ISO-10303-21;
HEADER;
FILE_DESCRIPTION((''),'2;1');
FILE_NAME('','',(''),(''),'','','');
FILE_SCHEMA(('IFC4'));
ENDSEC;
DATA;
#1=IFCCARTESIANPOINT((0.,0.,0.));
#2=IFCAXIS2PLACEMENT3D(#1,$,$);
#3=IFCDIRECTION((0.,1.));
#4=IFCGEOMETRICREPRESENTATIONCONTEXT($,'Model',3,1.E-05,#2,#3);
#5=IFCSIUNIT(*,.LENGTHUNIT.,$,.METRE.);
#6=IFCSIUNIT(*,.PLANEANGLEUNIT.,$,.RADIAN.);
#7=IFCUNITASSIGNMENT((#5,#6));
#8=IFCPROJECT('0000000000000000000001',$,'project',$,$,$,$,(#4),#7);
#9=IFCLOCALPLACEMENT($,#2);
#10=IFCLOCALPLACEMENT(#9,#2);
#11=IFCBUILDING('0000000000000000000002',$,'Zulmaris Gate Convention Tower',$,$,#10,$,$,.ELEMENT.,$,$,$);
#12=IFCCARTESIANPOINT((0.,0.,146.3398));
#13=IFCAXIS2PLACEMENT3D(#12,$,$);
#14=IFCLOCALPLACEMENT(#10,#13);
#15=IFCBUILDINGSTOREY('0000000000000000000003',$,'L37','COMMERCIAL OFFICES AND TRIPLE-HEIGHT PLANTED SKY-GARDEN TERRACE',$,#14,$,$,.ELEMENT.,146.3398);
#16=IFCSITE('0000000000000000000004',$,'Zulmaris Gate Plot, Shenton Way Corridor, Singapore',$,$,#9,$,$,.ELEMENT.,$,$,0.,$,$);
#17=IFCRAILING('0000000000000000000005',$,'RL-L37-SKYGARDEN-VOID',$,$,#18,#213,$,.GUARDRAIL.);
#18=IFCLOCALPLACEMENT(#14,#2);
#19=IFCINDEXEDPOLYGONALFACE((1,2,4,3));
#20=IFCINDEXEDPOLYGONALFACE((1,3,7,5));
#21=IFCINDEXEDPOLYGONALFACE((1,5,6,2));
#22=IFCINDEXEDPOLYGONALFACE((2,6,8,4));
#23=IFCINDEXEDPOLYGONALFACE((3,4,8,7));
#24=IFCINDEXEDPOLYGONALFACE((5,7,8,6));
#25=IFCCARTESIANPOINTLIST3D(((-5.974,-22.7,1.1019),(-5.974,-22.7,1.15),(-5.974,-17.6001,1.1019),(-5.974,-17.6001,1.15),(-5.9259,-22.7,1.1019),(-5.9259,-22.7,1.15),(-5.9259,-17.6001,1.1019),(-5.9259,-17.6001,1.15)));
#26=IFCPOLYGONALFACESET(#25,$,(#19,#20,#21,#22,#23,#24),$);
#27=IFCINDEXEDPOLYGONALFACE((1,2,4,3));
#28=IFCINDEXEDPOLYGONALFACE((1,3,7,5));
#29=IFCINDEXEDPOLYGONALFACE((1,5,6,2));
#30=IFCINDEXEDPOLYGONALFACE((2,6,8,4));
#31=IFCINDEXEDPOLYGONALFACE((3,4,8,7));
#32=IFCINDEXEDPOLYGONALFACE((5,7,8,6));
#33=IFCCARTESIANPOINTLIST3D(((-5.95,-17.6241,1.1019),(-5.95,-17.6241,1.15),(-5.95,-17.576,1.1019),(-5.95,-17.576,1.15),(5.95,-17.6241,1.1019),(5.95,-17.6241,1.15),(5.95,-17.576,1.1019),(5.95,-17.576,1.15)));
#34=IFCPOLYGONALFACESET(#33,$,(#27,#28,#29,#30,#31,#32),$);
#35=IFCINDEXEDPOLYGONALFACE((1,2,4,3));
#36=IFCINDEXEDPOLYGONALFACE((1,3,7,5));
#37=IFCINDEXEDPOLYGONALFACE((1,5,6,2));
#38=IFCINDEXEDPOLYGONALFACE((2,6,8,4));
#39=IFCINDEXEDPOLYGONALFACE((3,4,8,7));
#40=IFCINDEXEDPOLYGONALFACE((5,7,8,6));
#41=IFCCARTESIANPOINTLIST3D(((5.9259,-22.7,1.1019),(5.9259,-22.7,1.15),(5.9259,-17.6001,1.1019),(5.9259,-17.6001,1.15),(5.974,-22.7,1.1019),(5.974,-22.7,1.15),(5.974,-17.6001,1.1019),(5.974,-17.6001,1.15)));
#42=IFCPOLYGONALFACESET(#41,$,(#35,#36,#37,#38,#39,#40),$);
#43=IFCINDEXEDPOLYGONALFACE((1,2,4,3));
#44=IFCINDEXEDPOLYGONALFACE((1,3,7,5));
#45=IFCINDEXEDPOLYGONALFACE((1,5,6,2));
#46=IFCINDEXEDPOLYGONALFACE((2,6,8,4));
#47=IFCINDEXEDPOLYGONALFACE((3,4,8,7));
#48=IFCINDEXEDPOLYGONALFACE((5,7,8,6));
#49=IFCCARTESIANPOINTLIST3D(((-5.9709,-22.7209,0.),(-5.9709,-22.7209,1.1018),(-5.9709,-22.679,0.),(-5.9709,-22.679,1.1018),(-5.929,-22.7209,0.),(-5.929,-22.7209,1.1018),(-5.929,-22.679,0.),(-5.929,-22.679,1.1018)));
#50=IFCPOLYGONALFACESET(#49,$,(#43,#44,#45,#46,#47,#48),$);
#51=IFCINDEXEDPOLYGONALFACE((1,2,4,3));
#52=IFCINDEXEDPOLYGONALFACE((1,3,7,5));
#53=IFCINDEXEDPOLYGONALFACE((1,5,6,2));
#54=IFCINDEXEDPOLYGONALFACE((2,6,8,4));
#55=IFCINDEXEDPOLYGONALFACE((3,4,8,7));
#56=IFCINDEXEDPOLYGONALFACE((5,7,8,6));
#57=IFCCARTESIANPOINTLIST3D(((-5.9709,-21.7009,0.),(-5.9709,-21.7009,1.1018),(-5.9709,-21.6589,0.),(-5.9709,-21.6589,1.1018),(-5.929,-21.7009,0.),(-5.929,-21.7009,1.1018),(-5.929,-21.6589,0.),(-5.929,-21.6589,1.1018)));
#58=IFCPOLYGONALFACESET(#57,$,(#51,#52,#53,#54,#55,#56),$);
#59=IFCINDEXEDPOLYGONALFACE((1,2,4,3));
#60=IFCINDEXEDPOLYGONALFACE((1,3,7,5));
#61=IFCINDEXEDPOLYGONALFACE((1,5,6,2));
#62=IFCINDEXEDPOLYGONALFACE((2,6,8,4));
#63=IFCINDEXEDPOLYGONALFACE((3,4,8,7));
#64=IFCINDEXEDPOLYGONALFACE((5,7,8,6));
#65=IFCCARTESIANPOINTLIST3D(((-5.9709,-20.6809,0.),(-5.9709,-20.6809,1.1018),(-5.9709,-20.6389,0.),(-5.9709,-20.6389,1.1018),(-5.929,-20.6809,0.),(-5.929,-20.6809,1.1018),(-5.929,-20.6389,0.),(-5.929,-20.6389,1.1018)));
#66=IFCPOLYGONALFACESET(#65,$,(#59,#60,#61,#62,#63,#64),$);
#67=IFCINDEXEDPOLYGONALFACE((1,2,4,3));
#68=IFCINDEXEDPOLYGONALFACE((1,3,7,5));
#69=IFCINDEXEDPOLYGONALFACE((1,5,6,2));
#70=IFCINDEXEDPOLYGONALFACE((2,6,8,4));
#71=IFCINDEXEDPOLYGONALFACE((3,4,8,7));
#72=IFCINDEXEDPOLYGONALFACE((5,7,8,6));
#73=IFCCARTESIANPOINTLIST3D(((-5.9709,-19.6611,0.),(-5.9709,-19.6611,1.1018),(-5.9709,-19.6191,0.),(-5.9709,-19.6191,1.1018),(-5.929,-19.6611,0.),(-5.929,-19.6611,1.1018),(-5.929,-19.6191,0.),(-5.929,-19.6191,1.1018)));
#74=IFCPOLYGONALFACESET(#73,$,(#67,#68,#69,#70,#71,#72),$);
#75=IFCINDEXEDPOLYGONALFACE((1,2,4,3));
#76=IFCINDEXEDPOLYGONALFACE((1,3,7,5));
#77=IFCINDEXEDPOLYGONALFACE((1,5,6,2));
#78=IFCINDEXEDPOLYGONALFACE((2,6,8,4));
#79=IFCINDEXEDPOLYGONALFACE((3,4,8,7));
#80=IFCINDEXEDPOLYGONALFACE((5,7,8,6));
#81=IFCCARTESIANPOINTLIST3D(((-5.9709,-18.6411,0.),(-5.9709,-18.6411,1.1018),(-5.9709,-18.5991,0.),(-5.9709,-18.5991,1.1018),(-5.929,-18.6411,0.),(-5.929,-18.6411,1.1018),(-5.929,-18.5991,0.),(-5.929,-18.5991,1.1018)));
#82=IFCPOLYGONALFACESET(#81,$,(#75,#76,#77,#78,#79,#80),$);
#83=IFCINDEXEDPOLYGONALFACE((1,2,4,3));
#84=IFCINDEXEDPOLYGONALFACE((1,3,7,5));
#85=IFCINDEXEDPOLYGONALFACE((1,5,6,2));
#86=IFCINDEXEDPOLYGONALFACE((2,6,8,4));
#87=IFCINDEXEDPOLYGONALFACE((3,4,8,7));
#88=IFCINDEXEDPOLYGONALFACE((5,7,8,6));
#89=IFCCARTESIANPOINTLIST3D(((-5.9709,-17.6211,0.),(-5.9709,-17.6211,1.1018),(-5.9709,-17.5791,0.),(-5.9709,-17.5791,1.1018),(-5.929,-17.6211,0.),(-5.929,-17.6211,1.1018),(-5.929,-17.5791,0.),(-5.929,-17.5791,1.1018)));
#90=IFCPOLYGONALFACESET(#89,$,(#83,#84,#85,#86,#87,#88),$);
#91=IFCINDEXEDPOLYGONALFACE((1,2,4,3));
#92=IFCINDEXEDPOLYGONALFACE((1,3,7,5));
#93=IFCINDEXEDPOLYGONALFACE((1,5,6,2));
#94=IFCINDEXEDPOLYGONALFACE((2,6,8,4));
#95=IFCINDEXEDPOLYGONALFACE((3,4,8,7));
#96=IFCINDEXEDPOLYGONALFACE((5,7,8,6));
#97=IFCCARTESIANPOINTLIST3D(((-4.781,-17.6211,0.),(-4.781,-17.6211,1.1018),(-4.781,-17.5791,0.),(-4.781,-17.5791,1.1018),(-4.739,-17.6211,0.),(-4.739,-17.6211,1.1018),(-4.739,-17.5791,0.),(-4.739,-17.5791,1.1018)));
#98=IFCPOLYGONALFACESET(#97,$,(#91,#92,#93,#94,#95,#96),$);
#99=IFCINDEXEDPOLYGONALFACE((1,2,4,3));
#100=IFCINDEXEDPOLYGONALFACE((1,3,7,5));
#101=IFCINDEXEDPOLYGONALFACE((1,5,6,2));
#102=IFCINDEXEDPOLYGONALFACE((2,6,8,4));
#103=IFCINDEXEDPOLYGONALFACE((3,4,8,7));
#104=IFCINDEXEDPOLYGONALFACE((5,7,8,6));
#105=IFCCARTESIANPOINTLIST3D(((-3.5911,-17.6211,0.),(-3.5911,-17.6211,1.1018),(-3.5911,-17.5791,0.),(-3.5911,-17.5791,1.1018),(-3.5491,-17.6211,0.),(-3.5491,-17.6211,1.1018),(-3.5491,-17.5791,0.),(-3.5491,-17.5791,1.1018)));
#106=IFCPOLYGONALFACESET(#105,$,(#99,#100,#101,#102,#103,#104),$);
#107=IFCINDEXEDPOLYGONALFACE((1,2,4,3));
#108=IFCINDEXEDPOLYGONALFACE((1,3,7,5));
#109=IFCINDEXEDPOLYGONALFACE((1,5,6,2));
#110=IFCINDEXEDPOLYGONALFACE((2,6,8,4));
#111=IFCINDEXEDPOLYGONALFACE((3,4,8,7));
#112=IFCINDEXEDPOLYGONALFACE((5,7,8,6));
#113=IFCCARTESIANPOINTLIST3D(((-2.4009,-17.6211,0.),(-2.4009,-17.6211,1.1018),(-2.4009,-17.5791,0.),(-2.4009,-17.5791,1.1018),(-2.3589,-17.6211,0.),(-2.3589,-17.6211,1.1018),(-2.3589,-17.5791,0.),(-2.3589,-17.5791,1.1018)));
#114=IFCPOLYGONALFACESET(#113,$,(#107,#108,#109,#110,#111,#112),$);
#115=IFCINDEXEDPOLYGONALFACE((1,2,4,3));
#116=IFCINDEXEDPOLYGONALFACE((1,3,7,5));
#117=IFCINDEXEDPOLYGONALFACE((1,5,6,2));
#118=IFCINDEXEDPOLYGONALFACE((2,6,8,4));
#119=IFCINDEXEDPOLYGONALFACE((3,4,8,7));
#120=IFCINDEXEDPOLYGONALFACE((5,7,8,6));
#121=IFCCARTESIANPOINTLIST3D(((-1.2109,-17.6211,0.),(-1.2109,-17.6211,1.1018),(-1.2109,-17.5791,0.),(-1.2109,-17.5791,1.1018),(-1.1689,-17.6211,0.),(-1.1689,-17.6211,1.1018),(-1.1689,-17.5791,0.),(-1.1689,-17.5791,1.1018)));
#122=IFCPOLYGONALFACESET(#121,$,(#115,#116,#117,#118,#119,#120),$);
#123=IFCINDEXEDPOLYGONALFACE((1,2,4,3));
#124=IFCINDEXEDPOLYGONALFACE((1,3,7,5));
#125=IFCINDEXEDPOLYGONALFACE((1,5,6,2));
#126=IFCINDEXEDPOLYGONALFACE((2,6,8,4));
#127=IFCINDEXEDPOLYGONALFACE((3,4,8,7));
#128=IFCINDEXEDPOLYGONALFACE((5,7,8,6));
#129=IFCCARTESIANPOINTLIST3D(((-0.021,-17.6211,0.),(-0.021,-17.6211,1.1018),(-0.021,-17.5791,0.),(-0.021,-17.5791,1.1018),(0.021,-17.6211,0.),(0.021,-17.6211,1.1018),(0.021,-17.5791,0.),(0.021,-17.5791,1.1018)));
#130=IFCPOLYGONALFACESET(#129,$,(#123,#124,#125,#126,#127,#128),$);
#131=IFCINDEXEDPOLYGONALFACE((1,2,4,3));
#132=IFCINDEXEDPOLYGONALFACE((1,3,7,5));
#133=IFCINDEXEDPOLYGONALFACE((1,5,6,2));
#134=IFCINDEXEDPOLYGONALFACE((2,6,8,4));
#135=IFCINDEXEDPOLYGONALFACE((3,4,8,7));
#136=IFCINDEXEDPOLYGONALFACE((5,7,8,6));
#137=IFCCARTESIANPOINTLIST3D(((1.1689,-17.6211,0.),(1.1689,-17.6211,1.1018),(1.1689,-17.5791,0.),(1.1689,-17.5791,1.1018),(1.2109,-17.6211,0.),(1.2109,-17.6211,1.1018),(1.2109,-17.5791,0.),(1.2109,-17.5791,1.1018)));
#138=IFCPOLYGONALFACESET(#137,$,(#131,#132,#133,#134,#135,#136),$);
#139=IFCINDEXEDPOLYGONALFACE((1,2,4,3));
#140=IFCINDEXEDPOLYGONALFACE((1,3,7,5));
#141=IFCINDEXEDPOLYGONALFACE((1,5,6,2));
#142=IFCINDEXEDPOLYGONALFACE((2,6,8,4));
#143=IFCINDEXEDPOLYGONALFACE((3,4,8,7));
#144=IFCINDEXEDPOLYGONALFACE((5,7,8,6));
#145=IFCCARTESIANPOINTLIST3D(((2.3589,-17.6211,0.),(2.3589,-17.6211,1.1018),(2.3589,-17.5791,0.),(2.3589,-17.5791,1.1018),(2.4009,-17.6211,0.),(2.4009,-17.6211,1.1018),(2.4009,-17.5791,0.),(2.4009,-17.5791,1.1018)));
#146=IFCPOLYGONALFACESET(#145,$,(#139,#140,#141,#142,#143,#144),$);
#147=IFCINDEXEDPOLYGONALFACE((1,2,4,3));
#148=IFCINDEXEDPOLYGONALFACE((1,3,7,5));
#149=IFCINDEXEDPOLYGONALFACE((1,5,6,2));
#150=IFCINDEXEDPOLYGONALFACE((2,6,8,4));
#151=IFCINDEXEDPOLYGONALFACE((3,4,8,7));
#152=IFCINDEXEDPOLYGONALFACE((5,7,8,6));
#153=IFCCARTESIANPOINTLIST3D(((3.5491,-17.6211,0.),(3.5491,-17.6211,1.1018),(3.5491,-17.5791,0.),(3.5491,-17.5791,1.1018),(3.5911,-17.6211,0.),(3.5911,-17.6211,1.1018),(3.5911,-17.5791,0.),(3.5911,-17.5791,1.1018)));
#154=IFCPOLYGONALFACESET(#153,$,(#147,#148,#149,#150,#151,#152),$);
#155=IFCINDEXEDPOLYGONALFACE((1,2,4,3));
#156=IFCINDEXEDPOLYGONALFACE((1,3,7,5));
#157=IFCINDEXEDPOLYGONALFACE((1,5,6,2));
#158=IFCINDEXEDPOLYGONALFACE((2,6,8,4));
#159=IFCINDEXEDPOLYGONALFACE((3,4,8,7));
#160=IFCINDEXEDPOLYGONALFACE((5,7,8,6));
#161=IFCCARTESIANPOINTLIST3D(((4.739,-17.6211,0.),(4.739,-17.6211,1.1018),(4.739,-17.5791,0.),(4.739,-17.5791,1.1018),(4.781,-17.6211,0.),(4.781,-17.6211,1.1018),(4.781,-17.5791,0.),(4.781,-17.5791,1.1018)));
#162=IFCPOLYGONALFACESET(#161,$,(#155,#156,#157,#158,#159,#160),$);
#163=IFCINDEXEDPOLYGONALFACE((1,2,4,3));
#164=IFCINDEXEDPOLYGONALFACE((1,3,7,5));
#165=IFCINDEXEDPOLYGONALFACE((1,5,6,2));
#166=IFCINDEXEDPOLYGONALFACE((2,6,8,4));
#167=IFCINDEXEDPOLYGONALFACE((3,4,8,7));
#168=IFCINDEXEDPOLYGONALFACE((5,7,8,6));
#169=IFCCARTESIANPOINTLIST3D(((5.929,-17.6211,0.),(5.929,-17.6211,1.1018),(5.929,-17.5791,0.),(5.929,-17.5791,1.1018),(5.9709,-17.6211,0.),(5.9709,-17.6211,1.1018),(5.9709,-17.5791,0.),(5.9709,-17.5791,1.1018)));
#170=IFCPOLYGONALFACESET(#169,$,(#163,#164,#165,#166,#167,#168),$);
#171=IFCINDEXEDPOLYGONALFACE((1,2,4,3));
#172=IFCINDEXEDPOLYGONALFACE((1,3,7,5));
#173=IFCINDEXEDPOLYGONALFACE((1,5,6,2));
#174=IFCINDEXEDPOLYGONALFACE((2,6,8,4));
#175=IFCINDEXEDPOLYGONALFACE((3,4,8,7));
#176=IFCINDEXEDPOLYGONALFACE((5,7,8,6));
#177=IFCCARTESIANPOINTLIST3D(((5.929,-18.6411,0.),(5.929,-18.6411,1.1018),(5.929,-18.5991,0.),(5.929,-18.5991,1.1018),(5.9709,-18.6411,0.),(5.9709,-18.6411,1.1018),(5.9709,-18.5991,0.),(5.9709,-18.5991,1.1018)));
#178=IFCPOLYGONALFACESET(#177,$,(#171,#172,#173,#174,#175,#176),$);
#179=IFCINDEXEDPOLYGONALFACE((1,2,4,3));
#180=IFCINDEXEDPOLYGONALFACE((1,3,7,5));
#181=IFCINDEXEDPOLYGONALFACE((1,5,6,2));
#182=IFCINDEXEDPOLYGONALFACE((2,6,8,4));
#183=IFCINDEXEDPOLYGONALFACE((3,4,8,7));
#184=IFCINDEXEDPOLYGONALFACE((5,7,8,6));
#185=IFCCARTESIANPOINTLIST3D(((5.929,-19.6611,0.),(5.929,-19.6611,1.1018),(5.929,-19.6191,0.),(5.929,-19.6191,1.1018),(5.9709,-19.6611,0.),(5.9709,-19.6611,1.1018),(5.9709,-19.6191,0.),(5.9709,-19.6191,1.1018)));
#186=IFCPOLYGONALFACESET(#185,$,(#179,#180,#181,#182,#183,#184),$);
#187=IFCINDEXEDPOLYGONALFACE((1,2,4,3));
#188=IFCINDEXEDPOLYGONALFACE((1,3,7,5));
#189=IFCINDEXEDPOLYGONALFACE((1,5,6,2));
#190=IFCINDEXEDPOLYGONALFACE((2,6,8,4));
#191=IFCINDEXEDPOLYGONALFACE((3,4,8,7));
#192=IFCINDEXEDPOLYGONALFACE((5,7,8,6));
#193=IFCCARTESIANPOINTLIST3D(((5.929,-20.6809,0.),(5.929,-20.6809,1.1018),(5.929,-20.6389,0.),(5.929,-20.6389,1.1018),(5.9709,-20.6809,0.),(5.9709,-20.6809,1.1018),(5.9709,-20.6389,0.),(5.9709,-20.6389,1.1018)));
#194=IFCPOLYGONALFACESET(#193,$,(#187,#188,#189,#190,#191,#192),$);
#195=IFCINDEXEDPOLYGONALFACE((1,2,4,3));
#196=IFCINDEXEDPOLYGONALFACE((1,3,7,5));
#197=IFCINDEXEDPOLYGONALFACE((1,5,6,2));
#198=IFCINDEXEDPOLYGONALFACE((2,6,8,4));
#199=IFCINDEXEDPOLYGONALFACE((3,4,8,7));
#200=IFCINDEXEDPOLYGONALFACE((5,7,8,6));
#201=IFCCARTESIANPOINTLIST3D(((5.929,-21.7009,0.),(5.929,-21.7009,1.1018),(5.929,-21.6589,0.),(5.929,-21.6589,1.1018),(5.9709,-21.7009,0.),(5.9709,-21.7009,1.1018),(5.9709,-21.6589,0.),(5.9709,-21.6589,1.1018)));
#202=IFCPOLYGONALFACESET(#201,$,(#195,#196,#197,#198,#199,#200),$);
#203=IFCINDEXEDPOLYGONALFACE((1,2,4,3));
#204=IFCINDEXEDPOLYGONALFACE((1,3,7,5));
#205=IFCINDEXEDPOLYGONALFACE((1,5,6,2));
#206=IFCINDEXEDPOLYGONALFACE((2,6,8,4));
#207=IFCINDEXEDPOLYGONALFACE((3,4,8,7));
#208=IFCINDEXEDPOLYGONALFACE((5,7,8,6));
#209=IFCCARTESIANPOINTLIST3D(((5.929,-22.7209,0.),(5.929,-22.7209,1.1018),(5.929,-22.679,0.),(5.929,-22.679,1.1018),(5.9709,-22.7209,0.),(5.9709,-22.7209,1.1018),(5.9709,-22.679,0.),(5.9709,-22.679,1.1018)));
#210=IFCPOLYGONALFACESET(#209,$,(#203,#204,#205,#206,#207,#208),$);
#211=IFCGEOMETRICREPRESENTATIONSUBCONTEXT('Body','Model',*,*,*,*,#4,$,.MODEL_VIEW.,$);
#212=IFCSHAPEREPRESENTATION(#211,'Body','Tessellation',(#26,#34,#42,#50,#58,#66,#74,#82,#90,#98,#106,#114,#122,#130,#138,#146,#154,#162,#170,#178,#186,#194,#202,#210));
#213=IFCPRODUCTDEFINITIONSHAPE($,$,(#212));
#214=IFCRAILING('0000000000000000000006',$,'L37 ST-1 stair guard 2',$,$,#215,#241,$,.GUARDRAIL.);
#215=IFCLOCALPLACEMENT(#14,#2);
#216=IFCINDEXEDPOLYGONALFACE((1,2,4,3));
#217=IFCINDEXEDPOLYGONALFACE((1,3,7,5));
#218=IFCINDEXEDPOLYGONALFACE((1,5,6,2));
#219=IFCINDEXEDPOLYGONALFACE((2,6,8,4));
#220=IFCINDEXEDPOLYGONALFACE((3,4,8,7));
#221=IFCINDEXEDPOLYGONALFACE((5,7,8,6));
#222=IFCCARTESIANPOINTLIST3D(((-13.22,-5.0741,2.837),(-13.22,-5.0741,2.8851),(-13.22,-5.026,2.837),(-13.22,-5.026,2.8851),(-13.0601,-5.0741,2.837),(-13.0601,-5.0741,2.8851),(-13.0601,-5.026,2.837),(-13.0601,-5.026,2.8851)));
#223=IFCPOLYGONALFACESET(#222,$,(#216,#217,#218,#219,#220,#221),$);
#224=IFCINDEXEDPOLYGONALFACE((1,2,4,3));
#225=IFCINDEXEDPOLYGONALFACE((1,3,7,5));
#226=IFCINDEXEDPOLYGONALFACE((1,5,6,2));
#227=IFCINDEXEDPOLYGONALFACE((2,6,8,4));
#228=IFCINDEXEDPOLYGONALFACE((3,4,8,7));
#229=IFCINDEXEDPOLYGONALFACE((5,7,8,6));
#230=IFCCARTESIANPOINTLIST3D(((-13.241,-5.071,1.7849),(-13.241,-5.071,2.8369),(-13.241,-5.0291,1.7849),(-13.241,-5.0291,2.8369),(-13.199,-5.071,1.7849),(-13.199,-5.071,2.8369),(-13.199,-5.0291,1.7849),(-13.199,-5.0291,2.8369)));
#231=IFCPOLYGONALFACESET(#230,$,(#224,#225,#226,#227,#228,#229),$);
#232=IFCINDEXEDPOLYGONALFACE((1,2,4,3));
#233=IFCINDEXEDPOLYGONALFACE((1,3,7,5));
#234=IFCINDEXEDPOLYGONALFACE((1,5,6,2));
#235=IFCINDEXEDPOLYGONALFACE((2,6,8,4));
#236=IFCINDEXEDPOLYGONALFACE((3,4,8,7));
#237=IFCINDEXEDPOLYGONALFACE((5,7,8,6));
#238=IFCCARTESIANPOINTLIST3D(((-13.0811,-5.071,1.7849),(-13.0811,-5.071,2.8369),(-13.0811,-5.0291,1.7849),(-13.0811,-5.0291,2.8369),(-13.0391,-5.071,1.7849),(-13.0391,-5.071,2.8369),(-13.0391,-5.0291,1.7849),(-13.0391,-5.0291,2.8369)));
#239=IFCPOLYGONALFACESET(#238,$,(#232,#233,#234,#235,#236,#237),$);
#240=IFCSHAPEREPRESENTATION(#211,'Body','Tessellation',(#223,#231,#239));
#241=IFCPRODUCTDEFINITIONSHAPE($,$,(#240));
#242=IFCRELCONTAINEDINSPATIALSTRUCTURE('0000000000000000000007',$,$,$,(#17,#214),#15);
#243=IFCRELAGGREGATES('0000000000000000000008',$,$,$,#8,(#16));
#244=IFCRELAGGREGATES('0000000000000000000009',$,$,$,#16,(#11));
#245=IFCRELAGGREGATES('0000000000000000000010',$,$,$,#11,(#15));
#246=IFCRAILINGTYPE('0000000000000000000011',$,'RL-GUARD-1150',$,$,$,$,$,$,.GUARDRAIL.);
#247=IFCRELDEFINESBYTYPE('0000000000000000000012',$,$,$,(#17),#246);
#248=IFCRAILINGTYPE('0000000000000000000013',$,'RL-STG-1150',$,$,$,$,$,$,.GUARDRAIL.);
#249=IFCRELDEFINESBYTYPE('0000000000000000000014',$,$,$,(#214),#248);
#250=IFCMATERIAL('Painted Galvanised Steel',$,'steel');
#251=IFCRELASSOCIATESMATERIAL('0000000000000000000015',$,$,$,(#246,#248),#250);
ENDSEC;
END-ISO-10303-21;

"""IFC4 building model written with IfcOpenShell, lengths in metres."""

from ifc_helpers import new_model, si_unit, direction, frame, origin, origin_2d, place, context, subcontext, project, spatial, rectangle, extrude, material, type_object, element, save


model = new_model("IFC4")

# Units and contexts
model_context = context("Model", 3, precision=1e-05, world=origin(), true_north=direction((0.0, 1.0)))
body_context = subcontext(model_context, "Body", "Model", "MODEL_VIEW")
ifc_project = project(units=[si_unit("LENGTHUNIT", "METRE"), si_unit("PLANEANGLEUNIT", "RADIAN")], contexts=[model_context])

# Site, building, storey
site_placement = place(None, origin())
site = spatial("IfcSite", under=ifc_project, at=site_placement, Name="Zulmaris Gate Plot, Shenton Way Corridor, Singapore", CompositionType="ELEMENT", RefElevation=0.0)
building_placement = place(site_placement, origin())
building = spatial("IfcBuilding", under=site, at=building_placement, Name="Zulmaris Gate Convention Tower", CompositionType="ELEMENT")
storey_placement = place(building_placement, frame((0.0, 0.0, 146.3398)))
storey = spatial("IfcBuildingStorey", under=building, at=storey_placement, Name="L37", Description="COMMERCIAL OFFICES AND TRIPLE-HEIGHT PLANTED SKY-GARDEN TERRACE", CompositionType="ELEMENT", Elevation=146.3398)

# Railings
ifc_material_1 = material(Name="Painted Galvanised Steel", Category="steel")
railing_type_1 = type_object("IfcRailingType", Name="RL-GUARD-1150", PredefinedType="GUARDRAIL", material=ifc_material_1)
railing_1_placement = place(storey_placement, frame((-5.95, -22.7, 0.0)))
element("IfcRailing", 1, at=railing_1_placement, inside=storey, type_object=railing_type_1, Name="RL-L37-SKYGARDEN-VOID", PredefinedType="GUARDRAIL", context=body_context, shape_type="SweptSolid", body=[
    extrude(rectangle(XDim=0.0481, YDim=0.0481, at=origin_2d()), frame((0.0, 0.0, 1.126), z_axis=(0.0, 1.0, 0.0), x_axis=(-1.0, 0.0, 0.0)), (0.0, 0.0, 1.0), 5.0999),
    extrude(rectangle(XDim=0.0481, YDim=0.0481, at=origin_2d()), frame((0.0, 5.0999, 1.126), z_axis=(1.0, 0.0, 0.0), x_axis=(0.0, 1.0, 0.0)), (0.0, 0.0, 1.0), 11.8999),
    extrude(rectangle(XDim=0.0481, YDim=0.0481, at=origin_2d()), frame((11.8999, 5.0999, 1.126), z_axis=(0.0, -1.0, 0.0), x_axis=(1.0, 0.0, 0.0)), (0.0, 0.0, 1.0), 5.0999),
    extrude(rectangle(XDim=0.042, YDim=0.042, at=origin_2d()), origin(), (0.0, 0.0, 1.0), 1.1018),
    extrude(rectangle(XDim=0.042, YDim=0.042, at=origin_2d()), frame((0.0, 1.02, 0.0)), (0.0, 0.0, 1.0), 1.1018),
    extrude(rectangle(XDim=0.042, YDim=0.042, at=origin_2d()), frame((0.0, 2.04, 0.0)), (0.0, 0.0, 1.0), 1.1018),
    extrude(rectangle(XDim=0.042, YDim=0.042, at=origin_2d()), frame((0.0, 3.0598, 0.0)), (0.0, 0.0, 1.0), 1.1018),
    extrude(rectangle(XDim=0.042, YDim=0.042, at=origin_2d()), frame((0.0, 4.0798, 0.0)), (0.0, 0.0, 1.0), 1.1018),
    extrude(rectangle(XDim=0.042, YDim=0.042, at=origin_2d()), frame((0.0, 5.0999, 0.0)), (0.0, 0.0, 1.0), 1.1018),
    extrude(rectangle(XDim=0.042, YDim=0.042, at=origin_2d()), frame((1.1899, 5.0999, 0.0)), (0.0, 0.0, 1.0), 1.1018),
    extrude(rectangle(XDim=0.042, YDim=0.042, at=origin_2d()), frame((2.3799, 5.0999, 0.0)), (0.0, 0.0, 1.0), 1.1018),
    extrude(rectangle(XDim=0.042, YDim=0.042, at=origin_2d()), frame((3.5701, 5.0999, 0.0)), (0.0, 0.0, 1.0), 1.1018),
    extrude(rectangle(XDim=0.042, YDim=0.042, at=origin_2d()), frame((4.76, 5.0999, 0.0)), (0.0, 0.0, 1.0), 1.1018),
    extrude(rectangle(XDim=0.042, YDim=0.042, at=origin_2d()), frame((5.95, 5.0999, 0.0)), (0.0, 0.0, 1.0), 1.1018),
    extrude(rectangle(XDim=0.042, YDim=0.042, at=origin_2d()), frame((7.1399, 5.0999, 0.0)), (0.0, 0.0, 1.0), 1.1018),
    extrude(rectangle(XDim=0.042, YDim=0.042, at=origin_2d()), frame((8.3298, 5.0999, 0.0)), (0.0, 0.0, 1.0), 1.1018),
    extrude(rectangle(XDim=0.042, YDim=0.042, at=origin_2d()), frame((9.52, 5.0999, 0.0)), (0.0, 0.0, 1.0), 1.1018),
    extrude(rectangle(XDim=0.042, YDim=0.042, at=origin_2d()), frame((10.71, 5.0999, 0.0)), (0.0, 0.0, 1.0), 1.1018),
    extrude(rectangle(XDim=0.042, YDim=0.042, at=origin_2d()), frame((11.8999, 5.0999, 0.0)), (0.0, 0.0, 1.0), 1.1018),
    extrude(rectangle(XDim=0.042, YDim=0.042, at=origin_2d()), frame((11.8999, 4.0798, 0.0)), (0.0, 0.0, 1.0), 1.1018),
    extrude(rectangle(XDim=0.042, YDim=0.042, at=origin_2d()), frame((11.8999, 3.0598, 0.0)), (0.0, 0.0, 1.0), 1.1018),
    extrude(rectangle(XDim=0.042, YDim=0.042, at=origin_2d()), frame((11.8999, 2.04, 0.0)), (0.0, 0.0, 1.0), 1.1018),
    extrude(rectangle(XDim=0.042, YDim=0.042, at=origin_2d()), frame((11.8999, 1.02, 0.0)), (0.0, 0.0, 1.0), 1.1018),
    extrude(rectangle(XDim=0.042, YDim=0.042, at=origin_2d()), frame((11.8999, 0.0, 0.0)), (0.0, 0.0, 1.0), 1.1018),
])
railing_type_2 = type_object("IfcRailingType", Name="RL-STG-1150", PredefinedType="GUARDRAIL", material=ifc_material_1)
railing_2_placement = place(storey_placement, frame((-13.22, -5.05, 1.7849)))
element("IfcRailing", 2, at=railing_2_placement, inside=storey, type_object=railing_type_2, Name="L37 ST-1 stair guard 2", PredefinedType="GUARDRAIL", context=body_context, shape_type="SweptSolid", body=[
    extrude(rectangle(XDim=0.0481, YDim=0.0481, at=origin_2d()), frame((0.0, 0.0, 1.0762), z_axis=(1.0, 0.0, 0.0), x_axis=(0.0, 1.0, 0.0)), (0.0, 0.0, 1.0), 0.1599),
    extrude(rectangle(XDim=0.042, YDim=0.042, at=origin_2d()), origin(), (0.0, 0.0, 1.0), 1.052),
    extrude(rectangle(XDim=0.042, YDim=0.042, at=origin_2d()), frame((0.1599, 0.0, 0.0)), (0.0, 0.0, 1.0), 1.052),
])

save(model, "model.ifc")
